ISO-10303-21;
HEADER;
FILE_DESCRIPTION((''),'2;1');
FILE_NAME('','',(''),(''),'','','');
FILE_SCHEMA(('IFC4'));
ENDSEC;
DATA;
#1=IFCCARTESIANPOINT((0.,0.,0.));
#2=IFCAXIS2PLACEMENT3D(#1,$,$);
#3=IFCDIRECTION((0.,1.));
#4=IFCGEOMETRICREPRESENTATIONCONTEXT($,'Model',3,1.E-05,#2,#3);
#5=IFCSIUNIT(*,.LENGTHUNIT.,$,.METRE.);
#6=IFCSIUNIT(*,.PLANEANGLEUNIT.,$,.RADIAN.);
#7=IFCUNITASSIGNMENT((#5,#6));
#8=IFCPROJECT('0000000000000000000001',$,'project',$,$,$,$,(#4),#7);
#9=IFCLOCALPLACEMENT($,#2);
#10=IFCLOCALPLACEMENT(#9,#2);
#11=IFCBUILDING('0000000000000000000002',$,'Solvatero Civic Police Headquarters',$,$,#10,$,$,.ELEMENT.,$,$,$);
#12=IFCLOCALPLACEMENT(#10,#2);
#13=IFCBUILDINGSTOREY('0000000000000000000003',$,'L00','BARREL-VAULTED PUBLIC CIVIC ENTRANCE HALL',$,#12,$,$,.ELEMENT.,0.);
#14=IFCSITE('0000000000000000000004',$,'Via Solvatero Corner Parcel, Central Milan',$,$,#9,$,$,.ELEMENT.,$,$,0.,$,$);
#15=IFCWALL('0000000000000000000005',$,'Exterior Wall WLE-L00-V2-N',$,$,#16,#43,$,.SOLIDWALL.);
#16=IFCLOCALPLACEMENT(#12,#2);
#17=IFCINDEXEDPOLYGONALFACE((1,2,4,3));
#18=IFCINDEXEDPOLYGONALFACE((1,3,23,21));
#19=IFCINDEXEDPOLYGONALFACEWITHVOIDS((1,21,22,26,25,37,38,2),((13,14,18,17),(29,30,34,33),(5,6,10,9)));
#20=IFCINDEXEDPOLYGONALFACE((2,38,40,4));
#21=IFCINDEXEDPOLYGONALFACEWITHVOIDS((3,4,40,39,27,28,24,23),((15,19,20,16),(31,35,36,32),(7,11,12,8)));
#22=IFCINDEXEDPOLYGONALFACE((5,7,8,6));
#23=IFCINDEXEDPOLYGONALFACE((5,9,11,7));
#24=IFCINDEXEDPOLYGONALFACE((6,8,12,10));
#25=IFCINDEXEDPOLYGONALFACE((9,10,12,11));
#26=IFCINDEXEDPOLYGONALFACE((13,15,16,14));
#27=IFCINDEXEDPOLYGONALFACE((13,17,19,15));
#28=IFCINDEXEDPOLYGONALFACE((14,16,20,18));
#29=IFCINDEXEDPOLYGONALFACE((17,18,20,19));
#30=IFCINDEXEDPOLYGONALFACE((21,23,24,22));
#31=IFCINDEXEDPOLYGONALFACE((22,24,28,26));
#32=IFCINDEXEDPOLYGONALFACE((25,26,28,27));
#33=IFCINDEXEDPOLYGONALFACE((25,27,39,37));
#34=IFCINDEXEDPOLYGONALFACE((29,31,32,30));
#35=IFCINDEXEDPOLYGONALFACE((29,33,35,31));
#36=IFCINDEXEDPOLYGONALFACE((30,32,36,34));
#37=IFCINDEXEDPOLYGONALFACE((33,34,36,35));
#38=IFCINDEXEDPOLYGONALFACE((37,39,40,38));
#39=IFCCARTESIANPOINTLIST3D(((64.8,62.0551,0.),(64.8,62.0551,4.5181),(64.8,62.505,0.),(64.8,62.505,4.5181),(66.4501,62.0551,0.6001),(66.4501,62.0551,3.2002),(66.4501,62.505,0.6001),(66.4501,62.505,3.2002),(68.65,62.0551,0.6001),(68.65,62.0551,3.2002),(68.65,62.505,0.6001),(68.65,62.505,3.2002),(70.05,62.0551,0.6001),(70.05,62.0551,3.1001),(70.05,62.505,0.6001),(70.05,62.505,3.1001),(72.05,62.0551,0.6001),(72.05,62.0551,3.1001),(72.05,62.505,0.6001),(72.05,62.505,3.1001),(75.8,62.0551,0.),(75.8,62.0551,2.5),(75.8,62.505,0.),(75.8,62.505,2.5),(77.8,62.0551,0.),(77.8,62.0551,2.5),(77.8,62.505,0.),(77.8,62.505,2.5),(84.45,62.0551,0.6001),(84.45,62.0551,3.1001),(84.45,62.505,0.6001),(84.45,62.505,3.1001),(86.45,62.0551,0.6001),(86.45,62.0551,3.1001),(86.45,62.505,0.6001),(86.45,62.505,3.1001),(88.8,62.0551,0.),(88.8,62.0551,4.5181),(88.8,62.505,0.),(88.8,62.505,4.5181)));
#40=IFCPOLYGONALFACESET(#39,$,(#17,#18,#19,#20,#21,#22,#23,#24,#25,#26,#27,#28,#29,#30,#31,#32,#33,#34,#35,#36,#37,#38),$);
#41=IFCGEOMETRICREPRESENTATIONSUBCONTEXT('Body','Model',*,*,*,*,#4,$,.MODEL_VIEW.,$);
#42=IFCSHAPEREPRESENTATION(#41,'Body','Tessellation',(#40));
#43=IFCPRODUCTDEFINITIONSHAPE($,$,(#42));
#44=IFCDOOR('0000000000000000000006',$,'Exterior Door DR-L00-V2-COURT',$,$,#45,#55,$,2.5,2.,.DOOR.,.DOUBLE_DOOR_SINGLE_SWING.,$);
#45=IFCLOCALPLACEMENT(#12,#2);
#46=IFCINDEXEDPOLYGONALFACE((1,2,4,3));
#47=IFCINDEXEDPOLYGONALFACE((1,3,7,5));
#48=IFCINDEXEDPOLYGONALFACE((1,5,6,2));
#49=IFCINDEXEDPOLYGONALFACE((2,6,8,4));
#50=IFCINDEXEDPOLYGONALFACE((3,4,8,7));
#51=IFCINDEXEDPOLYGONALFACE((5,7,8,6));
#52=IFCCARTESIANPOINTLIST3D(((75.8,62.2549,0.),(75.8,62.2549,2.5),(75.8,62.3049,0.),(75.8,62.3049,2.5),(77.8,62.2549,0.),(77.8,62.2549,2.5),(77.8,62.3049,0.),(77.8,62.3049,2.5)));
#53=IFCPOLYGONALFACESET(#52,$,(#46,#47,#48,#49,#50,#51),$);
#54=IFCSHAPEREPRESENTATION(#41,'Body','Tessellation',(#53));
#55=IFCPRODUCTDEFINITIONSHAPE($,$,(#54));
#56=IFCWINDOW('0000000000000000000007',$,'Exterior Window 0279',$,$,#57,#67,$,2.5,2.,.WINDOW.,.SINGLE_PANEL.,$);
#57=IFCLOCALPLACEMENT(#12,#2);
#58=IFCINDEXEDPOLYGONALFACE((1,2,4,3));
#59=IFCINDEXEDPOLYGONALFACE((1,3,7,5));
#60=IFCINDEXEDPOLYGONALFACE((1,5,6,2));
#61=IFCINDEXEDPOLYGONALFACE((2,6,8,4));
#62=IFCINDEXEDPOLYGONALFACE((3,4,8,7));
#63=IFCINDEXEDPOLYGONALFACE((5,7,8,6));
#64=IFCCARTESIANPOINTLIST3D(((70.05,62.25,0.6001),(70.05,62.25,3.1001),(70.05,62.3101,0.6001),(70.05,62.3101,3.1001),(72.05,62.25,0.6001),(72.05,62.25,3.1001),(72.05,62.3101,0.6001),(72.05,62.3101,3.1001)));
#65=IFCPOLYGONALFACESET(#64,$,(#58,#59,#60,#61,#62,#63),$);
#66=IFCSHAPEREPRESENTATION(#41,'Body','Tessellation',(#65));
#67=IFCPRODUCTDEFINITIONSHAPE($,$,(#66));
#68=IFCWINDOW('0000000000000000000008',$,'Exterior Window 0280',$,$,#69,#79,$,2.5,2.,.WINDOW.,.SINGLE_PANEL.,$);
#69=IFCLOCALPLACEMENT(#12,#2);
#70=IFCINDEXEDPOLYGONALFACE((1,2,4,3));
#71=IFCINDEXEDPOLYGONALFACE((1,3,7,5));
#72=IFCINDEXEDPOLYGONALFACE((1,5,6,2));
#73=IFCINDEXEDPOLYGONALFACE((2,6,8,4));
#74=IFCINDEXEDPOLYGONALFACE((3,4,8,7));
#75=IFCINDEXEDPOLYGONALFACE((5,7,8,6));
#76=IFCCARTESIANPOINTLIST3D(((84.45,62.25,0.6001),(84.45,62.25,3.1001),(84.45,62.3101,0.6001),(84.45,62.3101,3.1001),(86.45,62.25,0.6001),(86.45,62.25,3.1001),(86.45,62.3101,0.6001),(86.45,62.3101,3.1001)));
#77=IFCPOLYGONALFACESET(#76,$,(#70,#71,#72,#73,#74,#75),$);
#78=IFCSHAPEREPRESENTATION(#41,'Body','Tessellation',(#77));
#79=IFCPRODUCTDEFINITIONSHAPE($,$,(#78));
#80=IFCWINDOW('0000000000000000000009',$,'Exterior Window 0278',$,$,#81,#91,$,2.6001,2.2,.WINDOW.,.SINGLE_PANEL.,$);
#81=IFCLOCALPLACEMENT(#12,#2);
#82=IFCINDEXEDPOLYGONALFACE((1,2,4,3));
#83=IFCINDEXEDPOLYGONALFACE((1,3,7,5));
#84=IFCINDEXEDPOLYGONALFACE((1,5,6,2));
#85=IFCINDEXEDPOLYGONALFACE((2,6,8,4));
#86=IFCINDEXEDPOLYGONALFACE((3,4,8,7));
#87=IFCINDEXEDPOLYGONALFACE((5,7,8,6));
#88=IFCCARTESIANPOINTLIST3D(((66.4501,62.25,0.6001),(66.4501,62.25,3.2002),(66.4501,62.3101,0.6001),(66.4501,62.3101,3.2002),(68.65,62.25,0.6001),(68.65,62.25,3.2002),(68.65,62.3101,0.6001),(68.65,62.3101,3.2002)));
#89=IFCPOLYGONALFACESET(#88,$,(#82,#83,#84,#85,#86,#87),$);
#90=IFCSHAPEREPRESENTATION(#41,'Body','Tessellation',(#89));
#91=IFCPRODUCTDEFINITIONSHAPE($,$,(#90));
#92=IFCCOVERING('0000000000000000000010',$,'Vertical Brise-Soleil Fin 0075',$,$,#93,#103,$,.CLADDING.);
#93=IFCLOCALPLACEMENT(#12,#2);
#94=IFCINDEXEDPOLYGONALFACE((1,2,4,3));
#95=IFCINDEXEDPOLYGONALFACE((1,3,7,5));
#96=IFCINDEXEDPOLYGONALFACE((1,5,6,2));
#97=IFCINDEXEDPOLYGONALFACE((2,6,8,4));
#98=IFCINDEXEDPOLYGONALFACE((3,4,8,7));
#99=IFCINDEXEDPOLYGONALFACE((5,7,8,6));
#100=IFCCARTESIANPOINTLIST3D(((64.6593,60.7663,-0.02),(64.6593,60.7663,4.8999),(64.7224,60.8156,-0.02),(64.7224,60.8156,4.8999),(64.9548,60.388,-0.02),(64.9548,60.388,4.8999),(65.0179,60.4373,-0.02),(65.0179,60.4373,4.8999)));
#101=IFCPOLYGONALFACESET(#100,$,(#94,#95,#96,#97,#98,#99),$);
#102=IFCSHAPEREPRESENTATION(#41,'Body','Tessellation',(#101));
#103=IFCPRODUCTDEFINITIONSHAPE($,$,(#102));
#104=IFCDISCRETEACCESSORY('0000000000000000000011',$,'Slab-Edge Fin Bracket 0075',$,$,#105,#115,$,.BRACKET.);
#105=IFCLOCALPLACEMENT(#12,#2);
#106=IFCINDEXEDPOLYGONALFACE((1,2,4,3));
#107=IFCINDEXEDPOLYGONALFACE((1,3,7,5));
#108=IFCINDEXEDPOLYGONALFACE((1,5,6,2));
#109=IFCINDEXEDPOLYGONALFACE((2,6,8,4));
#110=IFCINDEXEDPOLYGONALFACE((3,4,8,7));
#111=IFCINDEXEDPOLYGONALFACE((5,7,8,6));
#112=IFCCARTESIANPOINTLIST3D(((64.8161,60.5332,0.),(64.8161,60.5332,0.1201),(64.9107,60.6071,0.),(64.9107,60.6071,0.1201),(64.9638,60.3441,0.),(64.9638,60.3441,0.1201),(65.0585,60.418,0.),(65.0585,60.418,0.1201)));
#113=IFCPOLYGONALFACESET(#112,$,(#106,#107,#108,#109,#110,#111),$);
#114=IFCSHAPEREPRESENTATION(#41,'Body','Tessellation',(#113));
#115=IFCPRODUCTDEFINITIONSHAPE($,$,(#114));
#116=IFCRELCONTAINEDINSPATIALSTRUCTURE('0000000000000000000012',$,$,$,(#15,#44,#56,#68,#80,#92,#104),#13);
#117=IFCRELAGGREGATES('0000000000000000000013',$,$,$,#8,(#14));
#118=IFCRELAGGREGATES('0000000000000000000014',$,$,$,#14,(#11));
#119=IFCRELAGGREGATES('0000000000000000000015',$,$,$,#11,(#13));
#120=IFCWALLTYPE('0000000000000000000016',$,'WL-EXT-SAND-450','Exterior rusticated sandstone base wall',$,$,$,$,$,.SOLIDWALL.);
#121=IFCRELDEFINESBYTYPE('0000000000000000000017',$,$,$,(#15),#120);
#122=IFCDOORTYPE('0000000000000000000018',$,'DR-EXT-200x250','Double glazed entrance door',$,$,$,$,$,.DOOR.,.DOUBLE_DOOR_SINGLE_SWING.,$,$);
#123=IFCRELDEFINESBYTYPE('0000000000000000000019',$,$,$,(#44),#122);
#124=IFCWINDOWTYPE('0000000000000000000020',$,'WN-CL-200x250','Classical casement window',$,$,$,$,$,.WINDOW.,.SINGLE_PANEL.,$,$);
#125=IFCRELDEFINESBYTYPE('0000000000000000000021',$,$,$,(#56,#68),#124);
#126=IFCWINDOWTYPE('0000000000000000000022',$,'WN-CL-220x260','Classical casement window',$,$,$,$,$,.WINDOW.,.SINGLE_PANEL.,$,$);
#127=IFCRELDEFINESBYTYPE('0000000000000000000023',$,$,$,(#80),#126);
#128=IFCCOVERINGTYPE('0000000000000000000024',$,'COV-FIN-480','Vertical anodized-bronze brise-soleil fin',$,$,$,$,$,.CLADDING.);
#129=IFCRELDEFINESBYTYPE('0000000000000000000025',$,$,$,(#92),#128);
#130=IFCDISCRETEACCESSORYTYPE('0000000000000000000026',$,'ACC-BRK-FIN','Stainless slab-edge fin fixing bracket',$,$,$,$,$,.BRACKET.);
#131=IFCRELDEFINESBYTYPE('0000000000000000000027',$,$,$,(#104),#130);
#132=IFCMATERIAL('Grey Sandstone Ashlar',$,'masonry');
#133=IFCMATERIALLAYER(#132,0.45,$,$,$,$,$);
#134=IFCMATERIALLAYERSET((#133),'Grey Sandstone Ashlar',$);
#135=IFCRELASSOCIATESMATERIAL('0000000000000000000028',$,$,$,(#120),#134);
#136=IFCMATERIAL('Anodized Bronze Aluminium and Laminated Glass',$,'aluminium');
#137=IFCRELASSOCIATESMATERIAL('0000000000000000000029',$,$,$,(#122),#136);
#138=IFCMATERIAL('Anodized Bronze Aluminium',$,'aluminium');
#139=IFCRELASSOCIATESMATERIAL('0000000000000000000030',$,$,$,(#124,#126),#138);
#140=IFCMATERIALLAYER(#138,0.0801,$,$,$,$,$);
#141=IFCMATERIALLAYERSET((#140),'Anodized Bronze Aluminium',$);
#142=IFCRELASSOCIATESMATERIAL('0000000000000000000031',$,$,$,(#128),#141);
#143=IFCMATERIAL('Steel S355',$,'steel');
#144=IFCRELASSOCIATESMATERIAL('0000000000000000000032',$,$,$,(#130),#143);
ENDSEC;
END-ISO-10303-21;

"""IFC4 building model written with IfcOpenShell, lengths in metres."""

from ifc_helpers import new_model, si_unit, direction, frame, frame_2d, origin, origin_2d, place, context, subcontext, project, spatial, rectangle, extrude, material, layer, layer_set, type_object, element, fill, save


model = new_model("IFC4")

# Units and contexts
model_context = context("Model", 3, precision=1e-05, world=origin(), true_north=direction((0.0, 1.0)))
body_context = subcontext(model_context, "Body", "Model", "MODEL_VIEW")
ifc_project = project(units=[si_unit("LENGTHUNIT", "METRE"), si_unit("PLANEANGLEUNIT", "RADIAN")], contexts=[model_context])

# Site, building, storey
site_placement = place(None, origin())
site = spatial("IfcSite", under=ifc_project, at=site_placement, Name="Via Solvatero Corner Parcel, Central Milan", CompositionType="ELEMENT", RefElevation=0.0)
building_placement = place(site_placement, origin())
building = spatial("IfcBuilding", under=site, at=building_placement, Name="Solvatero Civic Police Headquarters", CompositionType="ELEMENT")
storey_placement = place(building_placement, origin())
storey = spatial("IfcBuildingStorey", under=building, at=storey_placement, Name="L00", Description="BARREL-VAULTED PUBLIC CIVIC ENTRANCE HALL", CompositionType="ELEMENT", Elevation=0.0)

# Shared definitions
ifc_material_1 = material(Name="Steel S355", Category="steel")

# Shared definitions
ifc_material_2 = material(Name="Anodized Bronze Aluminium", Category="aluminium")

# Wall, openings, door, windows
ifc_material_3 = material(Name="Grey Sandstone Ashlar", Category="masonry")
ifc_layer_1 = layer(ifc_material_3, 0.45)
ifc_layer_set_1 = layer_set([ifc_layer_1], Name="Grey Sandstone Ashlar")
wall_type = type_object("IfcWallType", Name="WL-EXT-SAND-450", Description="Exterior rusticated sandstone base wall", PredefinedType="SOLIDWALL", material=ifc_layer_set_1)
wall_placement = place(storey_placement, frame((64.8, 62.28, 0.0), z_axis=(0.0, 0.0, 1.0), x_axis=(1.0, 0.0, 0.0)))
wall = element("IfcWall", 1, at=wall_placement, inside=storey, type_object=wall_type, Name="Exterior Wall WLE-L00-V2-N", PredefinedType="SOLIDWALL", context=body_context, shape_type="SweptSolid", body=[
    extrude(rectangle(XDim=24.0, YDim=0.45, at=frame_2d((12.0, 0.0))), origin(), (0.0, 0.0, 1.0), 4.5181),
])
opening_1_placement = place(wall_placement, frame((11.0, 0.0, 0.0)))
opening_1 = element("IfcOpeningElement", 2, at=opening_1_placement, cuts=wall, PredefinedType="OPENING", context=body_context, shape_type="SweptSolid", body=[
    extrude(rectangle(XDim=2.0, YDim=2.5, at=frame_2d((1.0, 1.25))), frame((0.0, 0.2349, 0.0), z_axis=(0.0, -1.0, 0.0), x_axis=(1.0, 0.0, 0.0)), (0.0, 0.0, 1.0), 0.47),
])
opening_2_placement = place(wall_placement, frame((1.6499, 0.0, 0.6001)))
opening_2 = element("IfcOpeningElement", 3, at=opening_2_placement, cuts=wall, PredefinedType="OPENING", context=body_context, shape_type="SweptSolid", body=[
    extrude(rectangle(XDim=2.2, YDim=2.6001, at=frame_2d((1.1001, 1.3))), frame((0.0, 0.2349, 0.0), z_axis=(0.0, -1.0, 0.0), x_axis=(1.0, 0.0, 0.0)), (0.0, 0.0, 1.0), 0.47),
])
opening_3_placement = place(wall_placement, frame((5.25, 0.0, 0.6001)))
opening_3 = element("IfcOpeningElement", 4, at=opening_3_placement, cuts=wall, PredefinedType="OPENING", context=body_context, shape_type="SweptSolid", body=[
    extrude(rectangle(XDim=2.0, YDim=2.5, at=frame_2d((1.0, 1.25))), frame((0.0, 0.2349, 0.0), z_axis=(0.0, -1.0, 0.0), x_axis=(1.0, 0.0, 0.0)), (0.0, 0.0, 1.0), 0.47),
])
opening_4_placement = place(wall_placement, frame((19.6499, 0.0, 0.6001)))
opening_4 = element("IfcOpeningElement", 5, at=opening_4_placement, cuts=wall, PredefinedType="OPENING", context=body_context, shape_type="SweptSolid", body=[
    extrude(rectangle(XDim=2.0, YDim=2.5, at=frame_2d((1.0, 1.25))), frame((0.0, 0.2349, 0.0), z_axis=(0.0, -1.0, 0.0), x_axis=(1.0, 0.0, 0.0)), (0.0, 0.0, 1.0), 0.47),
])
ifc_material_4 = material(Name="Anodized Bronze Aluminium and Laminated Glass", Category="aluminium")
door_type = type_object("IfcDoorType", Name="DR-EXT-200x250", Description="Double glazed entrance door", OperationType="DOUBLE_DOOR_SINGLE_SWING", PredefinedType="DOOR", material=ifc_material_4)
door_placement = place(opening_1_placement, origin())
door = element("IfcDoor", 6, at=door_placement, inside=storey, type_object=door_type, Name="Exterior Door DR-L00-V2-COURT", OperationType="DOUBLE_DOOR_SINGLE_SWING", OverallHeight=2.5, OverallWidth=2.0, PredefinedType="DOOR", context=body_context, shape_type="SweptSolid", body=[
    extrude(rectangle(XDim=2.0, YDim=2.5, at=frame_2d((1.0, 1.25))), frame((0.0, 0.0249, 0.0), z_axis=(0.0, -1.0, 0.0), x_axis=(1.0, 0.0, 0.0)), (0.0, 0.0, 1.0), 0.05),
])
fill(opening_1, door)
window_type_1 = type_object("IfcWindowType", Name="WN-CL-200x250", Description="Classical casement window", PartitioningType="SINGLE_PANEL", PredefinedType="WINDOW", material=ifc_material_2)
window_1_placement = place(opening_3_placement, origin())
window_1 = element("IfcWindow", 7, at=window_1_placement, inside=storey, type_object=window_type_1, Name="Exterior Window 0279", OverallHeight=2.5, OverallWidth=2.0, PartitioningType="SINGLE_PANEL", PredefinedType="WINDOW", context=body_context, shape_type="SweptSolid", body=[
    extrude(rectangle(XDim=2.0, YDim=2.5, at=frame_2d((1.0, 1.25))), frame((0.0, 0.03, 0.0), z_axis=(0.0, -1.0, 0.0), x_axis=(1.0, 0.0, 0.0)), (0.0, 0.0, 1.0), 0.0601),
])
fill(opening_3, window_1)
window_2_placement = place(opening_4_placement, origin())
window_2 = element("IfcWindow", 8, at=window_2_placement, inside=storey, type_object=window_type_1, Name="Exterior Window 0280", OverallHeight=2.5, OverallWidth=2.0, PartitioningType="SINGLE_PANEL", PredefinedType="WINDOW", context=body_context, shape_type="SweptSolid", body=[
    extrude(rectangle(XDim=2.0, YDim=2.5, at=frame_2d((1.0, 1.25))), frame((0.0, 0.03, 0.0), z_axis=(0.0, -1.0, 0.0), x_axis=(1.0, 0.0, 0.0)), (0.0, 0.0, 1.0), 0.0601),
])
fill(opening_4, window_2)
window_type_2 = type_object("IfcWindowType", Name="WN-CL-220x260", Description="Classical casement window", PartitioningType="SINGLE_PANEL", PredefinedType="WINDOW", material=ifc_material_2)
window_3_placement = place(opening_2_placement, origin())
window_3 = element("IfcWindow", 9, at=window_3_placement, inside=storey, type_object=window_type_2, Name="Exterior Window 0278", OverallHeight=2.6001, OverallWidth=2.2, PartitioningType="SINGLE_PANEL", PredefinedType="WINDOW", context=body_context, shape_type="SweptSolid", body=[
    extrude(rectangle(XDim=2.2, YDim=2.6001, at=frame_2d((1.1001, 1.3))), frame((0.0, 0.03, 0.0), z_axis=(0.0, -1.0, 0.0), x_axis=(1.0, 0.0, 0.0)), (0.0, 0.0, 1.0), 0.0601),
])
fill(opening_2, window_3)

# Covering
ifc_layer_2 = layer(ifc_material_2, 0.0801)
ifc_layer_set_2 = layer_set([ifc_layer_2], Name="Anodized Bronze Aluminium")
covering_type = type_object("IfcCoveringType", Name="COV-FIN-480", Description="Vertical anodized-bronze brise-soleil fin", PredefinedType="CLADDING", material=ifc_layer_set_2)
covering_placement = place(storey_placement, frame((64.8386, 60.6018, -0.02), z_axis=(0.0, 0.0, 1.0), x_axis=(-0.788011, -0.615661, 0.0)))
element("IfcCovering", 10, at=covering_placement, inside=storey, type_object=covering_type, Name="Vertical Brise-Soleil Fin 0075", PredefinedType="CLADDING", context=body_context, shape_type="SweptSolid", body=[
    extrude(rectangle(XDim=0.0801, YDim=0.48, at=origin_2d()), origin(), (0.0, 0.0, 1.0), 4.9199),
])

# Discrete accessory
discrete_accessory_type = type_object("IfcDiscreteAccessoryType", Name="ACC-BRK-FIN", Description="Stainless slab-edge fin fixing bracket", PredefinedType="BRACKET", material=ifc_material_1)
discrete_accessory_placement = place(storey_placement, frame((64.9373, 60.4756, 0.0), z_axis=(0.0, 0.0, 1.0), x_axis=(-0.788011, -0.615661, 0.0)))
element("IfcDiscreteAccessory", 11, at=discrete_accessory_placement, inside=storey, type_object=discrete_accessory_type, Name="Slab-Edge Fin Bracket 0075", PredefinedType="BRACKET", context=body_context, shape_type="SweptSolid", body=[
    extrude(rectangle(XDim=0.1201, YDim=0.24, at=origin_2d()), origin(), (0.0, 0.0, 1.0), 0.1201),
])

save(model, "model.ifc")
